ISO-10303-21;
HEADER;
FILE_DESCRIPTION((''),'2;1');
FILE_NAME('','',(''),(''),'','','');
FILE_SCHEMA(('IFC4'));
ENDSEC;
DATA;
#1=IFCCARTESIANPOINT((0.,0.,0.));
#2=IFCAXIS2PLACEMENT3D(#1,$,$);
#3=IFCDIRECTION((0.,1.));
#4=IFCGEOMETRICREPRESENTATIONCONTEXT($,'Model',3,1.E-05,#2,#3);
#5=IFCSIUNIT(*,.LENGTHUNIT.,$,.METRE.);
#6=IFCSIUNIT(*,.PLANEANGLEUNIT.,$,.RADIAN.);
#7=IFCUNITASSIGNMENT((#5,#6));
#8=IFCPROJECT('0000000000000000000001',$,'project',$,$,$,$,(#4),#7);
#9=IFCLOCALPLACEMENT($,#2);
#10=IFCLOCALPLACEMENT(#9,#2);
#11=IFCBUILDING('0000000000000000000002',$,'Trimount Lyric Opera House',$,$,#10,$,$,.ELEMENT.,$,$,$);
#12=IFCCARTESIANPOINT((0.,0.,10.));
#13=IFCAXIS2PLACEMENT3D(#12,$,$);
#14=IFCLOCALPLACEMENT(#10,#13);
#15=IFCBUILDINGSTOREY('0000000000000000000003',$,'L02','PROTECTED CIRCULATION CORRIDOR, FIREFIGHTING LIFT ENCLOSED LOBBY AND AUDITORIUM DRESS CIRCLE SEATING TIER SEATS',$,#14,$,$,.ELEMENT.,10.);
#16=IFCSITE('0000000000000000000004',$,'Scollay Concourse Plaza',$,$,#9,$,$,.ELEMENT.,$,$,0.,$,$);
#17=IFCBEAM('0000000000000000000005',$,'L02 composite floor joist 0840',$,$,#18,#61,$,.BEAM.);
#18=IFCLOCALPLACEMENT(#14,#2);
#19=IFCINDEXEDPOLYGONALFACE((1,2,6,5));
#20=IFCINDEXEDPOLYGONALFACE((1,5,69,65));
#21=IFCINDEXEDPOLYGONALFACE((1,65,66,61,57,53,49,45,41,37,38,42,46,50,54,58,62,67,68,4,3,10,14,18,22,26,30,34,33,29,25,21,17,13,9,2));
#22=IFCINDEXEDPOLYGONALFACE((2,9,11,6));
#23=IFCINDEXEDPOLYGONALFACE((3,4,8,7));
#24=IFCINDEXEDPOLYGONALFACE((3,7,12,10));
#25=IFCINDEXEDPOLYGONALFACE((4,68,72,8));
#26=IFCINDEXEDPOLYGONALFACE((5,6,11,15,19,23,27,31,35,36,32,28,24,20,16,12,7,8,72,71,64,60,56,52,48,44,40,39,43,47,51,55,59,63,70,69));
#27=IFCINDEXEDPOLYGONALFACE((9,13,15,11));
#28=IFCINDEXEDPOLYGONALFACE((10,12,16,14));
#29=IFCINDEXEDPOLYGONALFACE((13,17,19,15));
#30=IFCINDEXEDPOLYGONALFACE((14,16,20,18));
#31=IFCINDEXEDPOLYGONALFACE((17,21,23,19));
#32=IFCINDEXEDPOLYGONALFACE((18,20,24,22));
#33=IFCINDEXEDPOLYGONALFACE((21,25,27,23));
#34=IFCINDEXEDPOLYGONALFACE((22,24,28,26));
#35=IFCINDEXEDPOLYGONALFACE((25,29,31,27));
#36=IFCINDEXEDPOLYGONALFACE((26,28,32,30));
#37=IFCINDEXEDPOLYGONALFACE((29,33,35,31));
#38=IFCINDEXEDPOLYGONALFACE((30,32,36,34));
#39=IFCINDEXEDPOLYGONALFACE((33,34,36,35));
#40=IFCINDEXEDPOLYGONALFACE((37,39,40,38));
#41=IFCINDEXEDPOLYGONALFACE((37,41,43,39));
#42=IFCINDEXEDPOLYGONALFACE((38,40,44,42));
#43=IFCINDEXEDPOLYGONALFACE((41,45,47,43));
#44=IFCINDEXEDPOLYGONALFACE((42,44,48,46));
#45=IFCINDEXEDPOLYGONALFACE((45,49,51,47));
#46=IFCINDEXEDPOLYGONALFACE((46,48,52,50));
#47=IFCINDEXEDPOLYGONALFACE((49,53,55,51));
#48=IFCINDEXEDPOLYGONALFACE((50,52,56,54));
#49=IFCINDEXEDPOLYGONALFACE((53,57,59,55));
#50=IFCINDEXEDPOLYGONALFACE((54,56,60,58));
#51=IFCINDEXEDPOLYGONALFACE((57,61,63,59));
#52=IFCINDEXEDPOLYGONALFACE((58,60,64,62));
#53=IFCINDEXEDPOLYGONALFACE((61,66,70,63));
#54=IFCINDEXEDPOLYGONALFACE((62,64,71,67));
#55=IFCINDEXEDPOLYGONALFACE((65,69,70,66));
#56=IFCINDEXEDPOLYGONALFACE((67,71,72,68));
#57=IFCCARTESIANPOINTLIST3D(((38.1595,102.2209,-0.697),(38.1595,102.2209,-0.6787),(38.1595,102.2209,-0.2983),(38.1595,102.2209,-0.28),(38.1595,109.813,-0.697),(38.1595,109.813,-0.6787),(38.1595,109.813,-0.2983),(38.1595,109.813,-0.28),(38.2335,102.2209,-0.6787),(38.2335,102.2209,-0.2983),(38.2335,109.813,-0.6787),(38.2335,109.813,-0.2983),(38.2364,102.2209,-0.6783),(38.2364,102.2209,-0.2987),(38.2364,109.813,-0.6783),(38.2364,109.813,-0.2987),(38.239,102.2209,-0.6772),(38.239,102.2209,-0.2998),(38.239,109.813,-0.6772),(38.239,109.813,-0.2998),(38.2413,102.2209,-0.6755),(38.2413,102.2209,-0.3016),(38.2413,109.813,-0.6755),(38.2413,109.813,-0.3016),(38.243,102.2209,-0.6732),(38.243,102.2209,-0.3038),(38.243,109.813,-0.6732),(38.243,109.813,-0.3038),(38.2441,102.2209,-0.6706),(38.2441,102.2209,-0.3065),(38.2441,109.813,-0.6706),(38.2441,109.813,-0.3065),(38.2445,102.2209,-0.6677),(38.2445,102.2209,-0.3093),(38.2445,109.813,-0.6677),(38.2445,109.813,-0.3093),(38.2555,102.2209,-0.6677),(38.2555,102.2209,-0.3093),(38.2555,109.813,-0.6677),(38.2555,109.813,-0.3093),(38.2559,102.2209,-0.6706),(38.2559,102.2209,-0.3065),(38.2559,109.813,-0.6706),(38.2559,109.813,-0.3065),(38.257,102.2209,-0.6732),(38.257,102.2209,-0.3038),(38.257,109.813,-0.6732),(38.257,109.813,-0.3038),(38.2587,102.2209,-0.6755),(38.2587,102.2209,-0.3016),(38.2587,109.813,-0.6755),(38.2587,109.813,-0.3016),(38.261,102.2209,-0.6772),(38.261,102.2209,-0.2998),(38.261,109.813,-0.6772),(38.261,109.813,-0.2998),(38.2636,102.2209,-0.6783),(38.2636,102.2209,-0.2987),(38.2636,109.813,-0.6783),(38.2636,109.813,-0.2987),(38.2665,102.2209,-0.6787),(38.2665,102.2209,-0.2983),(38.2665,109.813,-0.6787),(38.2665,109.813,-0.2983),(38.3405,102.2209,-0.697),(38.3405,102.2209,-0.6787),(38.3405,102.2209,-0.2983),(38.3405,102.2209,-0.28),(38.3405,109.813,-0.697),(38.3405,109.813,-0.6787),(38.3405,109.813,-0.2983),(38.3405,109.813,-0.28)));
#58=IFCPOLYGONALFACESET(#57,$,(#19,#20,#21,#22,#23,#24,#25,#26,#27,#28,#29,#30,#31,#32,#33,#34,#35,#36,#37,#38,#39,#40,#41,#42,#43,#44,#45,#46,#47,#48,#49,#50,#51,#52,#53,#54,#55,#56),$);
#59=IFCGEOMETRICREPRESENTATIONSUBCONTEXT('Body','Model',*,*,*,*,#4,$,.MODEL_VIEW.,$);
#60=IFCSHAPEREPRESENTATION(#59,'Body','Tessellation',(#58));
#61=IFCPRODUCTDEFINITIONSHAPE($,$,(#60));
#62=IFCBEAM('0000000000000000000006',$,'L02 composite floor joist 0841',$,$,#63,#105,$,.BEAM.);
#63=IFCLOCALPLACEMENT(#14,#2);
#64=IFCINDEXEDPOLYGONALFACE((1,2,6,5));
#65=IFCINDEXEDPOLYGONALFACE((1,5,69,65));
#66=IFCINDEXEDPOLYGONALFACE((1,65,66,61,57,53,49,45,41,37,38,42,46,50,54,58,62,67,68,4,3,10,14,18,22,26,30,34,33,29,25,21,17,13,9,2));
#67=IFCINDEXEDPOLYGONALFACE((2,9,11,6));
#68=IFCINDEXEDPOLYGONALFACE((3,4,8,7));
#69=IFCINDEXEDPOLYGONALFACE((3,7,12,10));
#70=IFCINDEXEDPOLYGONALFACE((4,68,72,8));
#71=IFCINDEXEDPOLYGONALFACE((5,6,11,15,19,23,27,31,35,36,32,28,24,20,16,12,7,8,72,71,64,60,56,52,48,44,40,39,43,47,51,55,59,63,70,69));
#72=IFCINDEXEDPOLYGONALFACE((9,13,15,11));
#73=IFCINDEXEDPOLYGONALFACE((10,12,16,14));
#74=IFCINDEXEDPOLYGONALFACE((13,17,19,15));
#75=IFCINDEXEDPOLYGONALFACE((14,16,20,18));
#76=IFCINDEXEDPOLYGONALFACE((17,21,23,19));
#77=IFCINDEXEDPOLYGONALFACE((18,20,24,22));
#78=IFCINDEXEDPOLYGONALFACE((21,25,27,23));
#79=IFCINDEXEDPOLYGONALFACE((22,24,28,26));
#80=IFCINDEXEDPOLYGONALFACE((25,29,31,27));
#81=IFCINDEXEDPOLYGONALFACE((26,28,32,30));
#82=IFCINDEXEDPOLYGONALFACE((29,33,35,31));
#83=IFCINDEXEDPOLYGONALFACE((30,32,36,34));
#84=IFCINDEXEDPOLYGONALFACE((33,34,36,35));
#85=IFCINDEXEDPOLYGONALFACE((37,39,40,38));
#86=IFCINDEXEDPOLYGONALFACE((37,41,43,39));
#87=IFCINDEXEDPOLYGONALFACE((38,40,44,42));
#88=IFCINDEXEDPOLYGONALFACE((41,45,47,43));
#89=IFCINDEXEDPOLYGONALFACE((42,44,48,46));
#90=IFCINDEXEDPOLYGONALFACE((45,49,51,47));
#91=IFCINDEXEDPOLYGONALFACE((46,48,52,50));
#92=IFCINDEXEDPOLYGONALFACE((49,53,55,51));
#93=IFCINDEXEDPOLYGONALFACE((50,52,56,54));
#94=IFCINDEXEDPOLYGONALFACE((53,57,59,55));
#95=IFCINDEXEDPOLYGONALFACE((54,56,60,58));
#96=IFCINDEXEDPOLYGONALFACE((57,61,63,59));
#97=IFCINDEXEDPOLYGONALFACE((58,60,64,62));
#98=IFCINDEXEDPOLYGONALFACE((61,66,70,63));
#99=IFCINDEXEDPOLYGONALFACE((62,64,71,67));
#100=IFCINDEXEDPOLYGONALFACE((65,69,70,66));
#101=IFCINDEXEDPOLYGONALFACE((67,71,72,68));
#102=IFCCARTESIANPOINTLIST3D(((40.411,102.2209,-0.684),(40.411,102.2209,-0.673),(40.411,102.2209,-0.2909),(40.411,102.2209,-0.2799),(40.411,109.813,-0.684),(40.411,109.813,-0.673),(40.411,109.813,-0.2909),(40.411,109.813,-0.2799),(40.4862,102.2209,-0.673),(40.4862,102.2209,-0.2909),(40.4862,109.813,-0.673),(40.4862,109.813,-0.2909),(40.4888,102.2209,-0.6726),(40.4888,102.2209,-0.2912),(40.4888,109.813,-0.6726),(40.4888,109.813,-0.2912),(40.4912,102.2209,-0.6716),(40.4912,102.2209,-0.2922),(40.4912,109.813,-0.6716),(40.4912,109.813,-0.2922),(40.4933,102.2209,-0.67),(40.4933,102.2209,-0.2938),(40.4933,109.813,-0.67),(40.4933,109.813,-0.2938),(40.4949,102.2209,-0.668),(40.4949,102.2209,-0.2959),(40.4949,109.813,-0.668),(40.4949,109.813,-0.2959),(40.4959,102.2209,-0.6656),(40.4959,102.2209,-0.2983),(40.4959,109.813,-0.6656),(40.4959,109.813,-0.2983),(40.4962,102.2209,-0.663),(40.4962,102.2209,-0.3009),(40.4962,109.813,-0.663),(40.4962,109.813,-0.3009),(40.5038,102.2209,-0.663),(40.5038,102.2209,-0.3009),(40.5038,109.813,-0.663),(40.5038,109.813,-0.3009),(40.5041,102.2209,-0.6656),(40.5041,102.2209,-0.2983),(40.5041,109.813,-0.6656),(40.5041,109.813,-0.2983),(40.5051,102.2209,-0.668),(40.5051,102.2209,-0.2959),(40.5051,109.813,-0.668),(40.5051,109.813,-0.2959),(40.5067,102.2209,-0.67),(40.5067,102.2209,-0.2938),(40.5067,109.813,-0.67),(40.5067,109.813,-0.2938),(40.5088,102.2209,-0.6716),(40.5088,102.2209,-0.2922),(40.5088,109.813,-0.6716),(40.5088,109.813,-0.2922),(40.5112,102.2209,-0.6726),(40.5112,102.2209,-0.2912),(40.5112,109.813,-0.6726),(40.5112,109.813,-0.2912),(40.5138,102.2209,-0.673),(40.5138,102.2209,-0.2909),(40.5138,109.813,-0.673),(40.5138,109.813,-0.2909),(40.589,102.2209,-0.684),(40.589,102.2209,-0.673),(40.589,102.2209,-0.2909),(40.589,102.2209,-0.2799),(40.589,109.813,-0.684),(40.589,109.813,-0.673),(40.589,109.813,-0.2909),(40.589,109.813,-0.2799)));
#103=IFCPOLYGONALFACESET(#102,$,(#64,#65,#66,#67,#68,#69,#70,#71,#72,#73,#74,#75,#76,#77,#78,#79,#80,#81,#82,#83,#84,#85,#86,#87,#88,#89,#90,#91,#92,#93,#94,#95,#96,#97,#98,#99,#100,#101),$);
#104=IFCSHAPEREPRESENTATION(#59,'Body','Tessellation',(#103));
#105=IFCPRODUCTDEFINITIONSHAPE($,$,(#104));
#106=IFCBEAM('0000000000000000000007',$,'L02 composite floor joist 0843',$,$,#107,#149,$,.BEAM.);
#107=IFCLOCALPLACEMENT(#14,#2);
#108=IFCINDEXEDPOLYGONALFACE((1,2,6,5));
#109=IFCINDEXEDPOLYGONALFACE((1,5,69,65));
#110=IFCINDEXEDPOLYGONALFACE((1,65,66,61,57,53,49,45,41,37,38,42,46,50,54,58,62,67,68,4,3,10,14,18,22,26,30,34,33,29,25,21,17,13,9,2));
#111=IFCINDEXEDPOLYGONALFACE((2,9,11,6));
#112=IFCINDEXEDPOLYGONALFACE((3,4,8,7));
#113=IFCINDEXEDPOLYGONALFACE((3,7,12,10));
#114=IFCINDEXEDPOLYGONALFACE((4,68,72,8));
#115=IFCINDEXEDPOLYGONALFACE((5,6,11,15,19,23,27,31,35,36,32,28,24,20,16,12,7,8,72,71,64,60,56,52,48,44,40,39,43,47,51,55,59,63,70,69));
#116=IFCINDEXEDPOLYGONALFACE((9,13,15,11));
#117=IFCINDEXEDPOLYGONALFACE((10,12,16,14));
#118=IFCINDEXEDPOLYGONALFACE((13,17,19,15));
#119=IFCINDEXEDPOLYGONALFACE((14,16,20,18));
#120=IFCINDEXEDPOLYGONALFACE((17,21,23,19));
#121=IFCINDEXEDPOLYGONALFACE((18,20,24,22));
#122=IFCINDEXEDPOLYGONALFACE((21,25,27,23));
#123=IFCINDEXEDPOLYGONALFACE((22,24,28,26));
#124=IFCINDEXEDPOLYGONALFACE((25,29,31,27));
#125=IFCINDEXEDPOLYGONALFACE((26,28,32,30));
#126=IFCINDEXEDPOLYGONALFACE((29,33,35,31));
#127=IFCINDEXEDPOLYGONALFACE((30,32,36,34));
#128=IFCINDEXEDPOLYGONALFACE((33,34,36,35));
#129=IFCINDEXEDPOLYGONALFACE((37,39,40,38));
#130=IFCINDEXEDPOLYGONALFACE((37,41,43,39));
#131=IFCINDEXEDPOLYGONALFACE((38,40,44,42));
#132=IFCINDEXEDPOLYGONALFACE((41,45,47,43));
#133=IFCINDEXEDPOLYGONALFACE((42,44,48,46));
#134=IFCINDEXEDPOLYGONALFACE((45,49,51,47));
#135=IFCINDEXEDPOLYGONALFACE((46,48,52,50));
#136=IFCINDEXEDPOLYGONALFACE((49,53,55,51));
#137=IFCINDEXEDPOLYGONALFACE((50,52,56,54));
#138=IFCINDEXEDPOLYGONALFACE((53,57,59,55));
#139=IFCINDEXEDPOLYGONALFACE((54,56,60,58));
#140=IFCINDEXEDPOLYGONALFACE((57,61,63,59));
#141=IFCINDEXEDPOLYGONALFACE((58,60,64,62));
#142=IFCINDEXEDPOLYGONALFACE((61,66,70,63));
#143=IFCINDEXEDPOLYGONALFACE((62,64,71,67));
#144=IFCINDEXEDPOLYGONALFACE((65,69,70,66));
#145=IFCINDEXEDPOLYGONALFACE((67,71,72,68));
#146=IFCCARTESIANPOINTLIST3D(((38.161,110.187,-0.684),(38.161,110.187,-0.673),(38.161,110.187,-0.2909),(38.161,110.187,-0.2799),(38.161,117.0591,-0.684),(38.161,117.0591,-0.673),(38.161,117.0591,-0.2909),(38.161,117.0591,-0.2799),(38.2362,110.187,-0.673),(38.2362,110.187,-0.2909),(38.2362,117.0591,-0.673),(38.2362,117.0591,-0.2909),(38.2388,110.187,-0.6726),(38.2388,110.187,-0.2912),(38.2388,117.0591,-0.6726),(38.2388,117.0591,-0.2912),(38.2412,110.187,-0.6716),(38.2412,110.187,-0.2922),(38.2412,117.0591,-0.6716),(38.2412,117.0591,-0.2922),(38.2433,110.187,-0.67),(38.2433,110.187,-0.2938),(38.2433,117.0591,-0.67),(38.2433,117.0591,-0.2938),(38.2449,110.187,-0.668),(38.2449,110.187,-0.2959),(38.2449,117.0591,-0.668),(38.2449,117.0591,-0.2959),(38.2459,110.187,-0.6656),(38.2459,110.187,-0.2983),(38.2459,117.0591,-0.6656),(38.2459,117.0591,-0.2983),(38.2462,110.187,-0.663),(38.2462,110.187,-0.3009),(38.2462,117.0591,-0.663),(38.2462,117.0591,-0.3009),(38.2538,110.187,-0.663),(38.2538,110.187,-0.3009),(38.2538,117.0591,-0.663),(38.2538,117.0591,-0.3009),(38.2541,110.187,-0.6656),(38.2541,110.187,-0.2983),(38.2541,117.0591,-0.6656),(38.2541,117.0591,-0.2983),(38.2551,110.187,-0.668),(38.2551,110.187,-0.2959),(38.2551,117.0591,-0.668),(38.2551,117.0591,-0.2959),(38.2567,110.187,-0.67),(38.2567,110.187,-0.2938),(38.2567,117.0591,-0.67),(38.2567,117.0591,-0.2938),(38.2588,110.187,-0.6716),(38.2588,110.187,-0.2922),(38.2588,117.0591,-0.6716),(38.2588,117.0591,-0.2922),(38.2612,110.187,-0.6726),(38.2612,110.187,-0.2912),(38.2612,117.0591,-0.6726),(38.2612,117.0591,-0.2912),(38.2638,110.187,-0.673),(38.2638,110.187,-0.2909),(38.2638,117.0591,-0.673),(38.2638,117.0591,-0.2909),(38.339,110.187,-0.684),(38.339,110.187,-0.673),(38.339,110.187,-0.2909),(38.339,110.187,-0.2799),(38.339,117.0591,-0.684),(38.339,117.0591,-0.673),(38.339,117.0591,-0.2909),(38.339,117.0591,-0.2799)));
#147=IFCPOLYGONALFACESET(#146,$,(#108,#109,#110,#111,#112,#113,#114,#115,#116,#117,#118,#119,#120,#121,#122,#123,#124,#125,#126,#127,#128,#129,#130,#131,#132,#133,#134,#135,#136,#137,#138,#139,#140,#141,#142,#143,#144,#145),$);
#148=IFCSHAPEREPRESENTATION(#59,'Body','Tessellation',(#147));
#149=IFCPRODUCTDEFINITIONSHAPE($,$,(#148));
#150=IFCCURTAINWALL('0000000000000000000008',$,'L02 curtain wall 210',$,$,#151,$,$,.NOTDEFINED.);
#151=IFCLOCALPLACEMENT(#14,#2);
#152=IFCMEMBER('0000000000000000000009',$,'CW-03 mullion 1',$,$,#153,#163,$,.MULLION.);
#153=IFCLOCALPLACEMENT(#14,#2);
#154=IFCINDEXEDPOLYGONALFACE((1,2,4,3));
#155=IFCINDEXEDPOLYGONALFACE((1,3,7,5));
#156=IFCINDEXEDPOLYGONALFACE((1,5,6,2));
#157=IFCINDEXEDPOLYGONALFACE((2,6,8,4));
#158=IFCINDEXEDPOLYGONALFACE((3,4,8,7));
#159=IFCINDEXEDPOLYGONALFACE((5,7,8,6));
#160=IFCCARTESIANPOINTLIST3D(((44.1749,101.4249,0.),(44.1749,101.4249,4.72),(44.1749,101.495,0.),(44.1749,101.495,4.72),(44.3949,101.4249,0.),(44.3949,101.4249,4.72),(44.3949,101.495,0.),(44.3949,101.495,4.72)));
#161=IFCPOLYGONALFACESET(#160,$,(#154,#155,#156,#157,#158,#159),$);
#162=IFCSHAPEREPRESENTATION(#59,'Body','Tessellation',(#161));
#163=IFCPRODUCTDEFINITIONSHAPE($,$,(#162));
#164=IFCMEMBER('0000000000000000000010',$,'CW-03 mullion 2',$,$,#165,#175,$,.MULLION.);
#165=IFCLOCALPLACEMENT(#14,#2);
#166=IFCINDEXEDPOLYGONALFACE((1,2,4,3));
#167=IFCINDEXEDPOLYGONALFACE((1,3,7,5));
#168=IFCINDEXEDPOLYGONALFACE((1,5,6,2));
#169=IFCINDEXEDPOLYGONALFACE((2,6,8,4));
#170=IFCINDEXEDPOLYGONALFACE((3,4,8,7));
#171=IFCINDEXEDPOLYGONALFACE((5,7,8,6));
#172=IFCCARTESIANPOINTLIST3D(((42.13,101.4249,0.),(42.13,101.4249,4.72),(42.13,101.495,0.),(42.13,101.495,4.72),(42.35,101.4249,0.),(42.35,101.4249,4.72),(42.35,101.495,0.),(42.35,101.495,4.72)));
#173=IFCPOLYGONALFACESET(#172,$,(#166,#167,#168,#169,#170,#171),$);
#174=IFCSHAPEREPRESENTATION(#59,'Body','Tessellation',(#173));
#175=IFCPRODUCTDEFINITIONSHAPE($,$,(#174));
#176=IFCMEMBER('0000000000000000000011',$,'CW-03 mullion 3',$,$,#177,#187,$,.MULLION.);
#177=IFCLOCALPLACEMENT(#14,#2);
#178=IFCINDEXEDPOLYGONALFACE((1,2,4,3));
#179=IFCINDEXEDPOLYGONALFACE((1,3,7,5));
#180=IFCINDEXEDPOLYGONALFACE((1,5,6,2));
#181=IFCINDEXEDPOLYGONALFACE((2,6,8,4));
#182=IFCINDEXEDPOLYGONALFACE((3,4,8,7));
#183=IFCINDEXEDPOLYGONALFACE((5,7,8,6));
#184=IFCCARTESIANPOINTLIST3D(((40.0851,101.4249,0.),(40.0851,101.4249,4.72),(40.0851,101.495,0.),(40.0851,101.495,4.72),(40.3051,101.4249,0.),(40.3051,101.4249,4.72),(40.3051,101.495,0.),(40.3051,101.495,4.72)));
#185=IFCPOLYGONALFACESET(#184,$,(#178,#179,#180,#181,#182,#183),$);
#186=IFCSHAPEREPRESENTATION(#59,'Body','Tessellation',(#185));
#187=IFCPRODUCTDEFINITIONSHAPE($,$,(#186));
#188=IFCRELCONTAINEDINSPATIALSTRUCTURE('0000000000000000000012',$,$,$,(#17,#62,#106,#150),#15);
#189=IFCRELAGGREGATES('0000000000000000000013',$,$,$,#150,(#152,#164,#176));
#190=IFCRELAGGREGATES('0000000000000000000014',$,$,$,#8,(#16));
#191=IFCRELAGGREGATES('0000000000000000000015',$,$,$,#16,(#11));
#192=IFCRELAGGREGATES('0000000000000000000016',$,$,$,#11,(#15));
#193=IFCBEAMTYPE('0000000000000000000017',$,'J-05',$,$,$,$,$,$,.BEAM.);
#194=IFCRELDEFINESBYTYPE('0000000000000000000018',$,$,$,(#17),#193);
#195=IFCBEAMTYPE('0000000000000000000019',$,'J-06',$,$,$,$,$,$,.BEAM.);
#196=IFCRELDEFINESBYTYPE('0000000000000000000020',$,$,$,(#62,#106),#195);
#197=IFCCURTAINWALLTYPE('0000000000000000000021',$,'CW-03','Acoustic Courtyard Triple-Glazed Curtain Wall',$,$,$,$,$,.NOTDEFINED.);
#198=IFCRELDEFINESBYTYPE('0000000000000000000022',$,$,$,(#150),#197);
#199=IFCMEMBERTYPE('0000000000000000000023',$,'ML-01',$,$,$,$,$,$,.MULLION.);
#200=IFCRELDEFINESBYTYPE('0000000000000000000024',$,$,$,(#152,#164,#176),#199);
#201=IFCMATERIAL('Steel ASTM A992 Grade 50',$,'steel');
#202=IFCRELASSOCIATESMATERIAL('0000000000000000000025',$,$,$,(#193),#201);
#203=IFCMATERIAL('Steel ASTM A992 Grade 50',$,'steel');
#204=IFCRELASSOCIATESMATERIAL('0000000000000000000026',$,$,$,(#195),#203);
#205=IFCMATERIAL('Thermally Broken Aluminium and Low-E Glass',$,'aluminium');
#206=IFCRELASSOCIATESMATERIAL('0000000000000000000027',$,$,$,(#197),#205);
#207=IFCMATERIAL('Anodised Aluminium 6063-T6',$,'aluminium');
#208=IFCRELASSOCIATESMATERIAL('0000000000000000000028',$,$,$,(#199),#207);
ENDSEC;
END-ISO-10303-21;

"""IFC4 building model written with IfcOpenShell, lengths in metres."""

from ifc_helpers import new_model, si_unit, direction, frame, origin, origin_2d, place, context, subcontext, project, spatial, rectangle, i_section, extrude, material, material_profile, profile_set, type_object, element, aggregate, save


model = new_model("IFC4")

# Units and contexts
model_context = context("Model", 3, precision=1e-05, world=origin(), true_north=direction((0.0, 1.0)))
body_context = subcontext(model_context, "Body", "Model", "MODEL_VIEW")
ifc_project = project(units=[si_unit("LENGTHUNIT", "METRE"), si_unit("PLANEANGLEUNIT", "RADIAN")], contexts=[model_context])

# Site, building, storey
site_placement = place(None, origin())
site = spatial("IfcSite", under=ifc_project, at=site_placement, Name="Scollay Concourse Plaza", CompositionType="ELEMENT", RefElevation=0.0)
building_placement = place(site_placement, origin())
building = spatial("IfcBuilding", under=site, at=building_placement, Name="Trimount Lyric Opera House", CompositionType="ELEMENT")
storey_placement = place(building_placement, frame((0.0, 0.0, 10.0)))
storey = spatial("IfcBuildingStorey", under=building, at=storey_placement, Name="L02", Description="PROTECTED CIRCULATION CORRIDOR, FIREFIGHTING LIFT ENCLOSED LOBBY AND AUDITORIUM DRESS CIRCLE SEATING TIER SEATS", CompositionType="ELEMENT", Elevation=10.0)

# Beams
ifc_material_1 = material(Name="Steel ASTM A992 Grade 50", Category="steel")
ifc_material_profile_1 = material_profile(ifc_material_1, i_section(OverallWidth=0.1809, OverallDepth=0.417, WebThickness=0.011, FlangeThickness=0.0183, FilletRadius=0.011, at=origin_2d()), Name="W16X57")
ifc_profile_set_1 = profile_set([ifc_material_profile_1], Name="Steel ASTM A992 Grade 50")
beam_type_1 = type_object("IfcBeamType", Name="J-05", PredefinedType="BEAM", material=ifc_profile_set_1)
beam_1_placement = place(storey_placement, frame((38.25, 102.2209, -0.4885), z_axis=(0.0, 1.0, 0.0), x_axis=(-1.0, 0.0, 0.0)))
element("IfcBeam", 1, at=beam_1_placement, inside=storey, type_object=beam_type_1, Name="L02 composite floor joist 0840", PredefinedType="BEAM", context=body_context, shape_type="SweptSolid", body=[
    extrude(i_section(OverallWidth=0.1809, OverallDepth=0.417, WebThickness=0.011, FlangeThickness=0.0183, FilletRadius=0.011, at=origin_2d()), origin(), (0.0, 0.0, 1.0), 7.592),
])
ifc_material_2 = material(Name="Steel ASTM A992 Grade 50", Category="steel")
ifc_material_profile_2 = material_profile(ifc_material_2, i_section(OverallWidth=0.178, OverallDepth=0.4041, WebThickness=0.0076, FlangeThickness=0.011, FilletRadius=0.01, at=origin_2d()), Name="W16X36")
ifc_profile_set_2 = profile_set([ifc_material_profile_2], Name="Steel ASTM A992 Grade 50")
beam_type_2 = type_object("IfcBeamType", Name="J-06", PredefinedType="BEAM", material=ifc_profile_set_2)
beam_2_placement = place(storey_placement, frame((40.5, 102.2209, -0.4819), z_axis=(0.0, 1.0, 0.0), x_axis=(-1.0, 0.0, 0.0)))
element("IfcBeam", 2, at=beam_2_placement, inside=storey, type_object=beam_type_2, Name="L02 composite floor joist 0841", PredefinedType="BEAM", context=body_context, shape_type="SweptSolid", body=[
    extrude(i_section(OverallWidth=0.178, OverallDepth=0.4041, WebThickness=0.0076, FlangeThickness=0.011, FilletRadius=0.01, at=origin_2d()), origin(), (0.0, 0.0, 1.0), 7.592),
])
beam_3_placement = place(storey_placement, frame((38.25, 110.187, -0.4819), z_axis=(0.0, 1.0, 0.0), x_axis=(-1.0, 0.0, 0.0)))
element("IfcBeam", 3, at=beam_3_placement, inside=storey, type_object=beam_type_2, Name="L02 composite floor joist 0843", PredefinedType="BEAM", context=body_context, shape_type="SweptSolid", body=[
    extrude(i_section(OverallWidth=0.178, OverallDepth=0.4041, WebThickness=0.0076, FlangeThickness=0.011, FilletRadius=0.01, at=origin_2d()), origin(), (0.0, 0.0, 1.0), 6.8721),
])

# Curtain wall, members
ifc_material_3 = material(Name="Thermally Broken Aluminium and Low-E Glass", Category="aluminium")
curtain_wall_type = type_object("IfcCurtainWallType", Name="CW-03", Description="Acoustic Courtyard Triple-Glazed Curtain Wall", PredefinedType="NOTDEFINED", material=ifc_material_3)
curtain_wall_1_placement = place(storey_placement, origin())
curtain_wall_1 = element("IfcCurtainWall", 4, at=curtain_wall_1_placement, inside=storey, type_object=curtain_wall_type, Name="L02 curtain wall 210", PredefinedType="NOTDEFINED")
ifc_material_4 = material(Name="Anodised Aluminium 6063-T6", Category="aluminium")
ifc_material_profile_3 = material_profile(ifc_material_4, rectangle(XDim=0.0701, YDim=0.22, at=origin_2d()), Name="ALU-MULL-70X220")
ifc_profile_set_3 = profile_set([ifc_material_profile_3], Name="Anodised Aluminium 6063-T6")
member_type_1 = type_object("IfcMemberType", Name="ML-01", PredefinedType="MULLION", material=ifc_profile_set_3)
member_1_placement = place(storey_placement, frame((44.2849, 101.46, 0.0), z_axis=(0.0, 0.0, 1.0), x_axis=(0.0, -1.0, 0.0)))
member_1 = element("IfcMember", 5, at=member_1_placement, type_object=member_type_1, Name="CW-03 mullion 1", PredefinedType="MULLION", context=body_context, shape_type="SweptSolid", body=[
    extrude(rectangle(XDim=0.0701, YDim=0.22, at=origin_2d()), origin(), (0.0, 0.0, 1.0), 4.72),
])
member_2_placement = place(storey_placement, frame((42.24, 101.46, 0.0), z_axis=(0.0, 0.0, 1.0), x_axis=(0.0, -1.0, 0.0)))
member_2 = element("IfcMember", 6, at=member_2_placement, type_object=member_type_1, Name="CW-03 mullion 2", PredefinedType="MULLION", context=body_context, shape_type="SweptSolid", body=[
    extrude(rectangle(XDim=0.0701, YDim=0.22, at=origin_2d()), origin(), (0.0, 0.0, 1.0), 4.72),
])
member_3_placement = place(storey_placement, frame((40.1951, 101.46, 0.0), z_axis=(0.0, 0.0, 1.0), x_axis=(0.0, -1.0, 0.0)))
member_3 = element("IfcMember", 7, at=member_3_placement, type_object=member_type_1, Name="CW-03 mullion 3", PredefinedType="MULLION", context=body_context, shape_type="SweptSolid", body=[
    extrude(rectangle(XDim=0.0701, YDim=0.22, at=origin_2d()), origin(), (0.0, 0.0, 1.0), 4.72),
])

aggregate(curtain_wall_1, [member_1, member_2, member_3])

save(model, "model.ifc")
